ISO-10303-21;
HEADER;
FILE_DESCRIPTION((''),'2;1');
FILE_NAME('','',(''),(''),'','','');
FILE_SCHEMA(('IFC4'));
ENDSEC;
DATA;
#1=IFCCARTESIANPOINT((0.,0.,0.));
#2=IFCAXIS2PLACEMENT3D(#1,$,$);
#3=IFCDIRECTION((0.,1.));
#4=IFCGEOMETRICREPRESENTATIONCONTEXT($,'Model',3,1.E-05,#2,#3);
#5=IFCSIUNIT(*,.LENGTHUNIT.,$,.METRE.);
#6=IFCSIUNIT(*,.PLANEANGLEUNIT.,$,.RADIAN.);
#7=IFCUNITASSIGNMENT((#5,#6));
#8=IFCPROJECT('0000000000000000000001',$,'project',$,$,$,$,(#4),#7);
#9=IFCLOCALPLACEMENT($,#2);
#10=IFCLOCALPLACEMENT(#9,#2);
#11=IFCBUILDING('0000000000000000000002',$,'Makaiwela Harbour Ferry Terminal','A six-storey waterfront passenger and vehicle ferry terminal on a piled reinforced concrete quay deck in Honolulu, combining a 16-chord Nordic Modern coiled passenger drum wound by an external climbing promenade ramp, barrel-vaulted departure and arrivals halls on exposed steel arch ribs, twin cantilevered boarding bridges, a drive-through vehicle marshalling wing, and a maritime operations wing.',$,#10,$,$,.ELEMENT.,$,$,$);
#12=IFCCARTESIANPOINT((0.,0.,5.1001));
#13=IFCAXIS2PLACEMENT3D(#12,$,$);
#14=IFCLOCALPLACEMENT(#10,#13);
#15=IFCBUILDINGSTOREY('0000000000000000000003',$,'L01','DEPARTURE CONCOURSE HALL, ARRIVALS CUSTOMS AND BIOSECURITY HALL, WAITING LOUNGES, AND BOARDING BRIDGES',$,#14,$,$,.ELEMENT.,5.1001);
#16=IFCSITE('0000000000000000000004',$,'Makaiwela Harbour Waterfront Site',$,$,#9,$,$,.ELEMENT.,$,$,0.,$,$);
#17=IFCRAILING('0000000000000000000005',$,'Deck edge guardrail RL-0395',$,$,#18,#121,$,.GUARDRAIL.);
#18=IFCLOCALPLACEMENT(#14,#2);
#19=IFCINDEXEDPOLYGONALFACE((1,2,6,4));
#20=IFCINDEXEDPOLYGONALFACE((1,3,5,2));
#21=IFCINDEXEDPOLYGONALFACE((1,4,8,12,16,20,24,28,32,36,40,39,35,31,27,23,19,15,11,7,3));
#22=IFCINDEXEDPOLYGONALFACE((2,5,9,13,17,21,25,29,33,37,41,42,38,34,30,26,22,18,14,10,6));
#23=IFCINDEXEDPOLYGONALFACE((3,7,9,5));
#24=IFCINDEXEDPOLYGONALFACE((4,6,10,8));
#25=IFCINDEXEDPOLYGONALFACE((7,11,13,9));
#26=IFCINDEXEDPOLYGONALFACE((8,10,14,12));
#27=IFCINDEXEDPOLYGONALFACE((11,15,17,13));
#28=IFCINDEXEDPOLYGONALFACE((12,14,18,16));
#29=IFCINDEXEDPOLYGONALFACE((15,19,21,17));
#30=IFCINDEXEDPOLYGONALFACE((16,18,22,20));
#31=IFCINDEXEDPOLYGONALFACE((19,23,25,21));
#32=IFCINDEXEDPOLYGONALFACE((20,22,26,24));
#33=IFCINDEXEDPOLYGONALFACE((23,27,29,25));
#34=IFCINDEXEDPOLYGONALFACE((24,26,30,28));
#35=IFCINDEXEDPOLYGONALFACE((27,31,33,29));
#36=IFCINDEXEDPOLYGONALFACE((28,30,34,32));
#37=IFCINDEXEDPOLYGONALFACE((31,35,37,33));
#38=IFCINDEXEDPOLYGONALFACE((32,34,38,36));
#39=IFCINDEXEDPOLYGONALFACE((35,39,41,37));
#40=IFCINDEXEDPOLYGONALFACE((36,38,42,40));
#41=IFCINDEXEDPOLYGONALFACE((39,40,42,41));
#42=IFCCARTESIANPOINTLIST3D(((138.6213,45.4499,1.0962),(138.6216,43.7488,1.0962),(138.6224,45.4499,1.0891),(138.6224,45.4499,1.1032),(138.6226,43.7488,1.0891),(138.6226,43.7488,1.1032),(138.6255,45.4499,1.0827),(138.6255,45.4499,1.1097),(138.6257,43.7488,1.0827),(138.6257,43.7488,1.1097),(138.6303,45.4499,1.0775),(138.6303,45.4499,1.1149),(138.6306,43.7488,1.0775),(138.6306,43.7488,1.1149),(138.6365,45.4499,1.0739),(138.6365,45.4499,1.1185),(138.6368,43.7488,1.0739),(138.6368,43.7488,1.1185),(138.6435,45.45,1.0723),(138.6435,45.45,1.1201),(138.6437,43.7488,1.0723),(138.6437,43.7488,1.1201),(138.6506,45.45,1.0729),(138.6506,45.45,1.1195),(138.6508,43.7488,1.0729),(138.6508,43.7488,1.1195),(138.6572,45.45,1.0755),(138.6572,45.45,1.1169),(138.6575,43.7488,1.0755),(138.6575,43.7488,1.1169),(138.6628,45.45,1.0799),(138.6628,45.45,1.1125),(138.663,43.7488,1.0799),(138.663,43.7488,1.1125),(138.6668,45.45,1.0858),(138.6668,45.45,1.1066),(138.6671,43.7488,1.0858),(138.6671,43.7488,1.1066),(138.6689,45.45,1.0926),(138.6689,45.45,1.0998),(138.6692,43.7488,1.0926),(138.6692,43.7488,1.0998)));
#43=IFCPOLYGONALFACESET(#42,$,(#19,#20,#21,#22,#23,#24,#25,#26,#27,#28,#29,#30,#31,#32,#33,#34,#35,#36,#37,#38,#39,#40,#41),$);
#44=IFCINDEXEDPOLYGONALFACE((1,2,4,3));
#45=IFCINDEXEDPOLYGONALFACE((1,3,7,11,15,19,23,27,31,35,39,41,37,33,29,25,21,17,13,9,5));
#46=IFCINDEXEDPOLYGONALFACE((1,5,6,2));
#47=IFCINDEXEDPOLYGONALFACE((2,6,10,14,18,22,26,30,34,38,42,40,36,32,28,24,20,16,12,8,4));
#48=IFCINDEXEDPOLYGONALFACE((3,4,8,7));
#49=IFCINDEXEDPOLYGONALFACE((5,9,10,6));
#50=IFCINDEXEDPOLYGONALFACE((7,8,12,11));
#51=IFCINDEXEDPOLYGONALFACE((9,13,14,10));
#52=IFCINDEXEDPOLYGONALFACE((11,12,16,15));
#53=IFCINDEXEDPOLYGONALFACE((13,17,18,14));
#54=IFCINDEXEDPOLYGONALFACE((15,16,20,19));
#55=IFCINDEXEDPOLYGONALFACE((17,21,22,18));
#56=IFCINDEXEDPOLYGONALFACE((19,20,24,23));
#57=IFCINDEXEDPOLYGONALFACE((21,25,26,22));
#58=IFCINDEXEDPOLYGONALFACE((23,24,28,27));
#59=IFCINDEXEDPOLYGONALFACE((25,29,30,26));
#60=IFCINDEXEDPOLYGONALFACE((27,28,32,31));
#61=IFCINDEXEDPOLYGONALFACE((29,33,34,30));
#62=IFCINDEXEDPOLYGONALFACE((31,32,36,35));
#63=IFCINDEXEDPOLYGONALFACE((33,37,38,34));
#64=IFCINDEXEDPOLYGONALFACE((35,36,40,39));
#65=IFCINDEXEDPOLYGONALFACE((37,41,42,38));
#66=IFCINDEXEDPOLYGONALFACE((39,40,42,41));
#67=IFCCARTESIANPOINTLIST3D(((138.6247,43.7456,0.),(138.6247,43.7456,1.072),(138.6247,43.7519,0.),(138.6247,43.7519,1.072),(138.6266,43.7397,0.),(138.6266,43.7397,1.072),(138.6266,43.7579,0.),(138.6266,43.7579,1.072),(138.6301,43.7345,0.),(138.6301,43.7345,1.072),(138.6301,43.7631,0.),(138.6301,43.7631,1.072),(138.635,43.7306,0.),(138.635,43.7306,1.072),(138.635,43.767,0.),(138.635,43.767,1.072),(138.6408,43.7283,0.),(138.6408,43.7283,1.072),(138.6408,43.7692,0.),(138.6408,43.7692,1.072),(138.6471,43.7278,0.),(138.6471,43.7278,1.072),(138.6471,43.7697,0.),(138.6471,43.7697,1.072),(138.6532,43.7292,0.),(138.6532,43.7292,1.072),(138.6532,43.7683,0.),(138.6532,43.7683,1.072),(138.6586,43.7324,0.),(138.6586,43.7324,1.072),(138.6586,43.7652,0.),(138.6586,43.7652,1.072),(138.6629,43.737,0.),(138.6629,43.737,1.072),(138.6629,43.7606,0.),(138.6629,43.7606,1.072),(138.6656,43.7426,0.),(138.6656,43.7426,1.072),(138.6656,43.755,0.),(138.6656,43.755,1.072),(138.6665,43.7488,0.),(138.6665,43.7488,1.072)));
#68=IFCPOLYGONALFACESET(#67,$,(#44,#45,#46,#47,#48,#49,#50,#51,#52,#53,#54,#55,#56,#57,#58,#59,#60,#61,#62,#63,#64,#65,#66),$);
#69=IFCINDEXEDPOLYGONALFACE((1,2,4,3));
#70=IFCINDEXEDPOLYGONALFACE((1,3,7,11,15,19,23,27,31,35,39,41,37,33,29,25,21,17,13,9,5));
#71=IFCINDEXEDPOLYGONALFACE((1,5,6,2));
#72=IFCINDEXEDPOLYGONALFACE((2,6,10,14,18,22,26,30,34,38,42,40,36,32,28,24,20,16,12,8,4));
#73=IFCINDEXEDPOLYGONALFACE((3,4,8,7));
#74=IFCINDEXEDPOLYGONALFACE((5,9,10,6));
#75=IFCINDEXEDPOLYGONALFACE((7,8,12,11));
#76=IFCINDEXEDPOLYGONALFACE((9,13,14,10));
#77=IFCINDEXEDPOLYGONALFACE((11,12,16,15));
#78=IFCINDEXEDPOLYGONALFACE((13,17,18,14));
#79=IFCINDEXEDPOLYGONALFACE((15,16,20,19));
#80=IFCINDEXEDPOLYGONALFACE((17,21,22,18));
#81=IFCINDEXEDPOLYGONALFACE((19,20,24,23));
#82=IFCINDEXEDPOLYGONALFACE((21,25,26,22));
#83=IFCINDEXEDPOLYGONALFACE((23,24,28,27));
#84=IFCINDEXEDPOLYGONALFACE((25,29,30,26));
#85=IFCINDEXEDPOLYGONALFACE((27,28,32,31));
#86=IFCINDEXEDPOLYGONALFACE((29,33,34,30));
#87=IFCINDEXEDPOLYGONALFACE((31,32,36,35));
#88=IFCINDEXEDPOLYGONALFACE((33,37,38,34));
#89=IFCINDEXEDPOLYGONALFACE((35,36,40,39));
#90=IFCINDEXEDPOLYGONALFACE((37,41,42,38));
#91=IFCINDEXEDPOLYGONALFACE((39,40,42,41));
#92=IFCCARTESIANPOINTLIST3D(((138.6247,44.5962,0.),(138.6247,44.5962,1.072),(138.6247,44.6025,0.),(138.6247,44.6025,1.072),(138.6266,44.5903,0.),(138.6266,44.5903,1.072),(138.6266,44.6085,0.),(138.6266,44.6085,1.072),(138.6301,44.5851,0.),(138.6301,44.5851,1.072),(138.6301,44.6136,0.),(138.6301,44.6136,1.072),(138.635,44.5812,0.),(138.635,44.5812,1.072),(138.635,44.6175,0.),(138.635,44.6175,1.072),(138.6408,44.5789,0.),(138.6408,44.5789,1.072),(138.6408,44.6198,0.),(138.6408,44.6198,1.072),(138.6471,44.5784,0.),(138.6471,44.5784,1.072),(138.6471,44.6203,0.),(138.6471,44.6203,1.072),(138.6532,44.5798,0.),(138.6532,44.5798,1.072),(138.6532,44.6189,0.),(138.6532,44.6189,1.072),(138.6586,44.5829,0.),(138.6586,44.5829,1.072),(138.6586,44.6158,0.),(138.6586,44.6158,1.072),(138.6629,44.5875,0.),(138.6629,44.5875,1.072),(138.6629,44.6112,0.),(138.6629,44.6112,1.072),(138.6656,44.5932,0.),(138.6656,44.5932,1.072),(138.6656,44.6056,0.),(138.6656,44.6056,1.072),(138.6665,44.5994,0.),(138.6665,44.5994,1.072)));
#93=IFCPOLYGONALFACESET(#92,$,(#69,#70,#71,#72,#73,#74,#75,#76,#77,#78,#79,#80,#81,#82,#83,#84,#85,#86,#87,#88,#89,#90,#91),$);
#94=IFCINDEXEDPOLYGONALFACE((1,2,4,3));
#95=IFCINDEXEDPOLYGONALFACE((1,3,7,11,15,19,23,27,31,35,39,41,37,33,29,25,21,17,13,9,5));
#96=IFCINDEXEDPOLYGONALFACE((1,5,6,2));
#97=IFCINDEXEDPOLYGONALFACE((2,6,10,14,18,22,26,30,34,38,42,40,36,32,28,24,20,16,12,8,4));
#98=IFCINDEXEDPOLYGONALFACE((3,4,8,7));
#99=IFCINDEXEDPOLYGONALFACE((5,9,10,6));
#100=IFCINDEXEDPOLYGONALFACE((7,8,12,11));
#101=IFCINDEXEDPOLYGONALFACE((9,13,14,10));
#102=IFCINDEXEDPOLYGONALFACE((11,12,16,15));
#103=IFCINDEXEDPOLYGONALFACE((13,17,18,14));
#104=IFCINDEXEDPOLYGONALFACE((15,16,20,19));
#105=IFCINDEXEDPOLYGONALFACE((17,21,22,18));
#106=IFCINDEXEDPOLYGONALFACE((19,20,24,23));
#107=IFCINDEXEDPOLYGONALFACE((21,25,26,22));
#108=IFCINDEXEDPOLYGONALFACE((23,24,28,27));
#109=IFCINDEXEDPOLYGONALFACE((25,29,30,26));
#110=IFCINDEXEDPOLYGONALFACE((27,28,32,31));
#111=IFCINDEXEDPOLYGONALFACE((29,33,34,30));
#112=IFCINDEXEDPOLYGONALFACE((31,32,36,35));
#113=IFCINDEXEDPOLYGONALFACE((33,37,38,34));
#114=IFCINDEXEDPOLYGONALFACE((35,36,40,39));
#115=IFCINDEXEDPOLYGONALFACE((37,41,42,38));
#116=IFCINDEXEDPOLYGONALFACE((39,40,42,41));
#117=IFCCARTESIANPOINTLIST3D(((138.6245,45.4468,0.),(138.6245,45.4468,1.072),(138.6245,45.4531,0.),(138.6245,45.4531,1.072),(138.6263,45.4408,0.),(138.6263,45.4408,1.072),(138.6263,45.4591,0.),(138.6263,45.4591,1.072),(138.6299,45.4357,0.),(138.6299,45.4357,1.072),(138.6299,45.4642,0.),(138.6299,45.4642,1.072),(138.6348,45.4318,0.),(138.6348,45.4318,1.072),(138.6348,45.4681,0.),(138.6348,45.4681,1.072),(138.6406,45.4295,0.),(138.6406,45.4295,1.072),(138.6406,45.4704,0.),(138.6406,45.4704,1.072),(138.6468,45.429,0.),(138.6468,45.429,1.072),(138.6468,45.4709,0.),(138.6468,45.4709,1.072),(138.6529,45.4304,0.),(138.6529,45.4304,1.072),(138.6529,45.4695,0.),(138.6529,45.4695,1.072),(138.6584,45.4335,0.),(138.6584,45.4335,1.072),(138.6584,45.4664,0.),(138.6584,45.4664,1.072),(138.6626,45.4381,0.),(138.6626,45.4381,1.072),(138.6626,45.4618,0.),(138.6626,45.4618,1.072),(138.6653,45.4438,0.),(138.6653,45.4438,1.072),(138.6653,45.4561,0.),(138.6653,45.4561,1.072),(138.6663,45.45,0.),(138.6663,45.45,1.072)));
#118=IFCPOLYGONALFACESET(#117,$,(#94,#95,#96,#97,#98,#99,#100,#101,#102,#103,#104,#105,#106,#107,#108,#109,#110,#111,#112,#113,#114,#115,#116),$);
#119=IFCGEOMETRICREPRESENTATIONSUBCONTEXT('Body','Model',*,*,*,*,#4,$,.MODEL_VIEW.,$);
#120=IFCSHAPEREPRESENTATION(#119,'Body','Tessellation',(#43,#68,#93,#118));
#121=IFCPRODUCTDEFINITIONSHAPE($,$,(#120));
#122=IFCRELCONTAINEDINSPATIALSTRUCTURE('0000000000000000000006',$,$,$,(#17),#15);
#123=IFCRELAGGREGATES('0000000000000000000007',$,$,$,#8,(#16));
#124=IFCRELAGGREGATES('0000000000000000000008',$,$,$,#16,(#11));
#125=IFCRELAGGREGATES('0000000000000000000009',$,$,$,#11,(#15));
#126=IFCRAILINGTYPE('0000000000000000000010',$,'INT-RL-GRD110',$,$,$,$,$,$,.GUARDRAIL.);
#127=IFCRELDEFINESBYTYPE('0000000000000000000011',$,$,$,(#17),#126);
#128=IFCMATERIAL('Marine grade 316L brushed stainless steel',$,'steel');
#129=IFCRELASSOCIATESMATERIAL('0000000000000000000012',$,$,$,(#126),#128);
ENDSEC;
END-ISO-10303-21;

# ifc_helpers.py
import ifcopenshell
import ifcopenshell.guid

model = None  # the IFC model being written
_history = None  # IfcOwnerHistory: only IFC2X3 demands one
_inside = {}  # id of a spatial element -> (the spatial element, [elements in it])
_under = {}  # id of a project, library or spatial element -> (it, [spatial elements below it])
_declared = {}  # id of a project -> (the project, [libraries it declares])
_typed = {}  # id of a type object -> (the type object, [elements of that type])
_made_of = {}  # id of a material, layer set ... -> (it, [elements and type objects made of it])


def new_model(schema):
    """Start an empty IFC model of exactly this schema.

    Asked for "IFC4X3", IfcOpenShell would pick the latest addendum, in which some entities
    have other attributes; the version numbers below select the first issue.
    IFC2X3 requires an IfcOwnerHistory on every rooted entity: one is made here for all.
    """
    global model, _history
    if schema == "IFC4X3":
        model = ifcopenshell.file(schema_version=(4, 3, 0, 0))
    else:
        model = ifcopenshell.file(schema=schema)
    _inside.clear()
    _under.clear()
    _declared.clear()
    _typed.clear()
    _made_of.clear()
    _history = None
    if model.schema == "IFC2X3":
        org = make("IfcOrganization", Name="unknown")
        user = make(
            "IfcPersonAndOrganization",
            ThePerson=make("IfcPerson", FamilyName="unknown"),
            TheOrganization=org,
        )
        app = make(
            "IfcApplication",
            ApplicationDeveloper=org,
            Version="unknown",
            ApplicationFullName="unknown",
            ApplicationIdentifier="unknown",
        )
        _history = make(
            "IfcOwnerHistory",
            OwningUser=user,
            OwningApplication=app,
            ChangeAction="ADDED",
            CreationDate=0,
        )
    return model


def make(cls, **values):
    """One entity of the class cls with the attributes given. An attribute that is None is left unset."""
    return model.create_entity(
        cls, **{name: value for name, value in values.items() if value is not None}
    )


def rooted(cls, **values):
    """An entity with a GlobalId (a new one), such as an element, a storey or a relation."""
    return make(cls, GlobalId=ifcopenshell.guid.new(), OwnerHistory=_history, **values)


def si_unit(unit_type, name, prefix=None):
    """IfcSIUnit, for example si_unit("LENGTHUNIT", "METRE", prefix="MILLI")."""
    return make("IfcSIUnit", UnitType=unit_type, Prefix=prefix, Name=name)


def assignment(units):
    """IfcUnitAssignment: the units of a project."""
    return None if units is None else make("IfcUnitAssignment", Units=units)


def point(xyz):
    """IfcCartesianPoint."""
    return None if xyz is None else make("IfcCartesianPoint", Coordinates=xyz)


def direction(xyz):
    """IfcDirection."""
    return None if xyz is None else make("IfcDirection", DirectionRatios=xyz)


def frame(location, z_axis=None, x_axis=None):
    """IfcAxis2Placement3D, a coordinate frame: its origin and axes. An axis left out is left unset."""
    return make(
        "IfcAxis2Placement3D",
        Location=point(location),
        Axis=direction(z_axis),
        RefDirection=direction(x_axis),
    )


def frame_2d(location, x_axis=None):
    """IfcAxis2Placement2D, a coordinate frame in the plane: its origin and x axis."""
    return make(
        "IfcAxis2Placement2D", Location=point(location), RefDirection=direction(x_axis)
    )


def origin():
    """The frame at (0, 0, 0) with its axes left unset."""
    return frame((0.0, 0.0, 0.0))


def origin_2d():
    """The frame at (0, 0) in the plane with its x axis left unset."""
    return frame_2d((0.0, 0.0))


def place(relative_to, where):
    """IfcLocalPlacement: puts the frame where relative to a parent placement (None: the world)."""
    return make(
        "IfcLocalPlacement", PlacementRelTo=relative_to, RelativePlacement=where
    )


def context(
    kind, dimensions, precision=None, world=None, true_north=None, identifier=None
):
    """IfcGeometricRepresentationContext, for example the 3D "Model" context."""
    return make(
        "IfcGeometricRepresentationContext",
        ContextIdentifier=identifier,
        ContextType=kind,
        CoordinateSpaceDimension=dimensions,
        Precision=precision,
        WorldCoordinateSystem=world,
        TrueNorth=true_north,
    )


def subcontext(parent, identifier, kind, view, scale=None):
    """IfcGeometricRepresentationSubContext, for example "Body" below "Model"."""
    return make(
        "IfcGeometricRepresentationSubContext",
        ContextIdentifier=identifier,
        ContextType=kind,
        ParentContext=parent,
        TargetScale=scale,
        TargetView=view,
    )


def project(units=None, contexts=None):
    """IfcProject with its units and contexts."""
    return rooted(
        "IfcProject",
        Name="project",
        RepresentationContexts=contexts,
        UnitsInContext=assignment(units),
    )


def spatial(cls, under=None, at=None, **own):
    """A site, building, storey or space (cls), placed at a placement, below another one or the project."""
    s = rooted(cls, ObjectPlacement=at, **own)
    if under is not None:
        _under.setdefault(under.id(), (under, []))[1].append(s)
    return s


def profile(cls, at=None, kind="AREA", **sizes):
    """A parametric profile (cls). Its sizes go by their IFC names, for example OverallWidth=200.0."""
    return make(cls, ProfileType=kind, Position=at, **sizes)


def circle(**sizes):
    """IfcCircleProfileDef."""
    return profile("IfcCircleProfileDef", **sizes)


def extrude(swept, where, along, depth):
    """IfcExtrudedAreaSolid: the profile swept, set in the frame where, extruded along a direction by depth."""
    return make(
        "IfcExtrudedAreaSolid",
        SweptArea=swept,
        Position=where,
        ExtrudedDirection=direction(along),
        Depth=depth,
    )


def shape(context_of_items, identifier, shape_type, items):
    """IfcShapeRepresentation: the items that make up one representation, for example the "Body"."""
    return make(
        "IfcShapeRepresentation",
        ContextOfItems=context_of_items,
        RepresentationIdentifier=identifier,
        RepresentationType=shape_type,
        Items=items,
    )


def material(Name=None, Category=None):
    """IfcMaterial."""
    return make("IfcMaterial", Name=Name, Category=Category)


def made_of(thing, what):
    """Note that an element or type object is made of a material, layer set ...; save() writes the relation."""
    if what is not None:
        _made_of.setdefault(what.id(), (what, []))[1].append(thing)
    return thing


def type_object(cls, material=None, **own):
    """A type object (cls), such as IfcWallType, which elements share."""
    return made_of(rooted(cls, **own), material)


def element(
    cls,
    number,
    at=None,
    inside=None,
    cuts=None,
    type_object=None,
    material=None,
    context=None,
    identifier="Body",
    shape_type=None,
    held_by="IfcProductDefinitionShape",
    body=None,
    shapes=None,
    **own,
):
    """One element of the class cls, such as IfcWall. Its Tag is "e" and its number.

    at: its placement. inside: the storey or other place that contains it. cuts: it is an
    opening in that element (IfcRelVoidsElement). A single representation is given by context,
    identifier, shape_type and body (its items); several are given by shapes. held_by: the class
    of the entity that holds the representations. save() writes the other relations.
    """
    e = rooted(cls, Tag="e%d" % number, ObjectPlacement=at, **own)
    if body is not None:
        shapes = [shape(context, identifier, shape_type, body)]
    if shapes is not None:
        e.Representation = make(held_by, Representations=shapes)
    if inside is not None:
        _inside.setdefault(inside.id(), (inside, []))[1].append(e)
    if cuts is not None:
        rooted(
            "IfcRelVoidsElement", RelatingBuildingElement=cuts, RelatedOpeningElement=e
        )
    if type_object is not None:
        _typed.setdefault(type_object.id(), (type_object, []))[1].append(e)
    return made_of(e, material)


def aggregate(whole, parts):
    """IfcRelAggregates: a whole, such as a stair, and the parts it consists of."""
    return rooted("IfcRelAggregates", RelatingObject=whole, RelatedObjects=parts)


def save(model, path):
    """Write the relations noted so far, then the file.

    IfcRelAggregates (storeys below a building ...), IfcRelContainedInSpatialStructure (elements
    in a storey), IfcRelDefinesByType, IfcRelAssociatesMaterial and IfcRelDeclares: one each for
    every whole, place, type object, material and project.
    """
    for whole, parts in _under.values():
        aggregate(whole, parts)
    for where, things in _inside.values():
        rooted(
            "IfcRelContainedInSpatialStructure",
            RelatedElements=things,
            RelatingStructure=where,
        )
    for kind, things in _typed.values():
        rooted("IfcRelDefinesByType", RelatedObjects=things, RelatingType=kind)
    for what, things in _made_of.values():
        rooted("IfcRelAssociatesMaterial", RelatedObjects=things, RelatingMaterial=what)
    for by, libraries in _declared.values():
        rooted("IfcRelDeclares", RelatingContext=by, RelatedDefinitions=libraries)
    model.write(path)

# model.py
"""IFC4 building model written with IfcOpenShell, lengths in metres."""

from ifc_helpers import new_model, si_unit, direction, frame, origin, origin_2d, place, context, subcontext, project, spatial, circle, extrude, material, type_object, element, save


model = new_model("IFC4")

# Units and contexts
model_context = context("Model", 3, precision=1e-05, world=origin(), true_north=direction((0.0, 1.0)))
body_context = subcontext(model_context, "Body", "Model", "MODEL_VIEW")
ifc_project = project(units=[si_unit("LENGTHUNIT", "METRE"), si_unit("PLANEANGLEUNIT", "RADIAN")], contexts=[model_context])

# Site, building, storey
site_placement = place(None, origin())
site = spatial("IfcSite", under=ifc_project, at=site_placement, Name="Makaiwela Harbour Waterfront Site", CompositionType="ELEMENT", RefElevation=0.0)
building_placement = place(site_placement, origin())
building = spatial("IfcBuilding", under=site, at=building_placement, Name="Makaiwela Harbour Ferry Terminal", Description="A six-storey waterfront passenger and vehicle ferry terminal on a piled reinforced concrete quay deck in Honolulu, combining a 16-chord Nordic Modern coiled passenger drum wound by an external climbing promenade ramp, barrel-vaulted departure and arrivals halls on exposed steel arch ribs, twin cantilevered boarding bridges, a drive-through vehicle marshalling wing, and a maritime operations wing.", CompositionType="ELEMENT")
storey_placement = place(building_placement, frame((0.0, 0.0, 5.1001)))
storey = spatial("IfcBuildingStorey", under=building, at=storey_placement, Name="L01", Description="DEPARTURE CONCOURSE HALL, ARRIVALS CUSTOMS AND BIOSECURITY HALL, WAITING LOUNGES, AND BOARDING BRIDGES", CompositionType="ELEMENT", Elevation=5.1001)

# Railing
ifc_material_1 = material(Name="Marine grade 316L brushed stainless steel", Category="steel")
railing_type = type_object("IfcRailingType", Name="INT-RL-GRD110", PredefinedType="GUARDRAIL", material=ifc_material_1)
railing_1_placement = place(storey_placement, frame((138.6455, 43.7488, 0.0)))
element("IfcRailing", 1, at=railing_1_placement, inside=storey, type_object=railing_type, Name="Deck edge guardrail RL-0395", PredefinedType="GUARDRAIL", context=body_context, shape_type="SweptSolid", body=[
    extrude(circle(Radius=0.0239, at=origin_2d()), frame((0.0, 0.0, 1.0962), z_axis=(-0.000144, 1.0, 0.0), x_axis=(-1.0, -0.000144, 0.0)), (0.0, 0.0, 1.0), 1.7012),
    extrude(circle(Radius=0.021, at=origin_2d()), origin(), (0.0, 0.0, 1.0), 1.072),
    extrude(circle(Radius=0.021, at=origin_2d()), frame((0.0, 0.8506, 0.0)), (0.0, 0.0, 1.0), 1.072),
    extrude(circle(Radius=0.021, at=origin_2d()), frame((-0.0002, 1.7012, 0.0)), (0.0, 0.0, 1.0), 1.072),
])

save(model, "model.ifc")
